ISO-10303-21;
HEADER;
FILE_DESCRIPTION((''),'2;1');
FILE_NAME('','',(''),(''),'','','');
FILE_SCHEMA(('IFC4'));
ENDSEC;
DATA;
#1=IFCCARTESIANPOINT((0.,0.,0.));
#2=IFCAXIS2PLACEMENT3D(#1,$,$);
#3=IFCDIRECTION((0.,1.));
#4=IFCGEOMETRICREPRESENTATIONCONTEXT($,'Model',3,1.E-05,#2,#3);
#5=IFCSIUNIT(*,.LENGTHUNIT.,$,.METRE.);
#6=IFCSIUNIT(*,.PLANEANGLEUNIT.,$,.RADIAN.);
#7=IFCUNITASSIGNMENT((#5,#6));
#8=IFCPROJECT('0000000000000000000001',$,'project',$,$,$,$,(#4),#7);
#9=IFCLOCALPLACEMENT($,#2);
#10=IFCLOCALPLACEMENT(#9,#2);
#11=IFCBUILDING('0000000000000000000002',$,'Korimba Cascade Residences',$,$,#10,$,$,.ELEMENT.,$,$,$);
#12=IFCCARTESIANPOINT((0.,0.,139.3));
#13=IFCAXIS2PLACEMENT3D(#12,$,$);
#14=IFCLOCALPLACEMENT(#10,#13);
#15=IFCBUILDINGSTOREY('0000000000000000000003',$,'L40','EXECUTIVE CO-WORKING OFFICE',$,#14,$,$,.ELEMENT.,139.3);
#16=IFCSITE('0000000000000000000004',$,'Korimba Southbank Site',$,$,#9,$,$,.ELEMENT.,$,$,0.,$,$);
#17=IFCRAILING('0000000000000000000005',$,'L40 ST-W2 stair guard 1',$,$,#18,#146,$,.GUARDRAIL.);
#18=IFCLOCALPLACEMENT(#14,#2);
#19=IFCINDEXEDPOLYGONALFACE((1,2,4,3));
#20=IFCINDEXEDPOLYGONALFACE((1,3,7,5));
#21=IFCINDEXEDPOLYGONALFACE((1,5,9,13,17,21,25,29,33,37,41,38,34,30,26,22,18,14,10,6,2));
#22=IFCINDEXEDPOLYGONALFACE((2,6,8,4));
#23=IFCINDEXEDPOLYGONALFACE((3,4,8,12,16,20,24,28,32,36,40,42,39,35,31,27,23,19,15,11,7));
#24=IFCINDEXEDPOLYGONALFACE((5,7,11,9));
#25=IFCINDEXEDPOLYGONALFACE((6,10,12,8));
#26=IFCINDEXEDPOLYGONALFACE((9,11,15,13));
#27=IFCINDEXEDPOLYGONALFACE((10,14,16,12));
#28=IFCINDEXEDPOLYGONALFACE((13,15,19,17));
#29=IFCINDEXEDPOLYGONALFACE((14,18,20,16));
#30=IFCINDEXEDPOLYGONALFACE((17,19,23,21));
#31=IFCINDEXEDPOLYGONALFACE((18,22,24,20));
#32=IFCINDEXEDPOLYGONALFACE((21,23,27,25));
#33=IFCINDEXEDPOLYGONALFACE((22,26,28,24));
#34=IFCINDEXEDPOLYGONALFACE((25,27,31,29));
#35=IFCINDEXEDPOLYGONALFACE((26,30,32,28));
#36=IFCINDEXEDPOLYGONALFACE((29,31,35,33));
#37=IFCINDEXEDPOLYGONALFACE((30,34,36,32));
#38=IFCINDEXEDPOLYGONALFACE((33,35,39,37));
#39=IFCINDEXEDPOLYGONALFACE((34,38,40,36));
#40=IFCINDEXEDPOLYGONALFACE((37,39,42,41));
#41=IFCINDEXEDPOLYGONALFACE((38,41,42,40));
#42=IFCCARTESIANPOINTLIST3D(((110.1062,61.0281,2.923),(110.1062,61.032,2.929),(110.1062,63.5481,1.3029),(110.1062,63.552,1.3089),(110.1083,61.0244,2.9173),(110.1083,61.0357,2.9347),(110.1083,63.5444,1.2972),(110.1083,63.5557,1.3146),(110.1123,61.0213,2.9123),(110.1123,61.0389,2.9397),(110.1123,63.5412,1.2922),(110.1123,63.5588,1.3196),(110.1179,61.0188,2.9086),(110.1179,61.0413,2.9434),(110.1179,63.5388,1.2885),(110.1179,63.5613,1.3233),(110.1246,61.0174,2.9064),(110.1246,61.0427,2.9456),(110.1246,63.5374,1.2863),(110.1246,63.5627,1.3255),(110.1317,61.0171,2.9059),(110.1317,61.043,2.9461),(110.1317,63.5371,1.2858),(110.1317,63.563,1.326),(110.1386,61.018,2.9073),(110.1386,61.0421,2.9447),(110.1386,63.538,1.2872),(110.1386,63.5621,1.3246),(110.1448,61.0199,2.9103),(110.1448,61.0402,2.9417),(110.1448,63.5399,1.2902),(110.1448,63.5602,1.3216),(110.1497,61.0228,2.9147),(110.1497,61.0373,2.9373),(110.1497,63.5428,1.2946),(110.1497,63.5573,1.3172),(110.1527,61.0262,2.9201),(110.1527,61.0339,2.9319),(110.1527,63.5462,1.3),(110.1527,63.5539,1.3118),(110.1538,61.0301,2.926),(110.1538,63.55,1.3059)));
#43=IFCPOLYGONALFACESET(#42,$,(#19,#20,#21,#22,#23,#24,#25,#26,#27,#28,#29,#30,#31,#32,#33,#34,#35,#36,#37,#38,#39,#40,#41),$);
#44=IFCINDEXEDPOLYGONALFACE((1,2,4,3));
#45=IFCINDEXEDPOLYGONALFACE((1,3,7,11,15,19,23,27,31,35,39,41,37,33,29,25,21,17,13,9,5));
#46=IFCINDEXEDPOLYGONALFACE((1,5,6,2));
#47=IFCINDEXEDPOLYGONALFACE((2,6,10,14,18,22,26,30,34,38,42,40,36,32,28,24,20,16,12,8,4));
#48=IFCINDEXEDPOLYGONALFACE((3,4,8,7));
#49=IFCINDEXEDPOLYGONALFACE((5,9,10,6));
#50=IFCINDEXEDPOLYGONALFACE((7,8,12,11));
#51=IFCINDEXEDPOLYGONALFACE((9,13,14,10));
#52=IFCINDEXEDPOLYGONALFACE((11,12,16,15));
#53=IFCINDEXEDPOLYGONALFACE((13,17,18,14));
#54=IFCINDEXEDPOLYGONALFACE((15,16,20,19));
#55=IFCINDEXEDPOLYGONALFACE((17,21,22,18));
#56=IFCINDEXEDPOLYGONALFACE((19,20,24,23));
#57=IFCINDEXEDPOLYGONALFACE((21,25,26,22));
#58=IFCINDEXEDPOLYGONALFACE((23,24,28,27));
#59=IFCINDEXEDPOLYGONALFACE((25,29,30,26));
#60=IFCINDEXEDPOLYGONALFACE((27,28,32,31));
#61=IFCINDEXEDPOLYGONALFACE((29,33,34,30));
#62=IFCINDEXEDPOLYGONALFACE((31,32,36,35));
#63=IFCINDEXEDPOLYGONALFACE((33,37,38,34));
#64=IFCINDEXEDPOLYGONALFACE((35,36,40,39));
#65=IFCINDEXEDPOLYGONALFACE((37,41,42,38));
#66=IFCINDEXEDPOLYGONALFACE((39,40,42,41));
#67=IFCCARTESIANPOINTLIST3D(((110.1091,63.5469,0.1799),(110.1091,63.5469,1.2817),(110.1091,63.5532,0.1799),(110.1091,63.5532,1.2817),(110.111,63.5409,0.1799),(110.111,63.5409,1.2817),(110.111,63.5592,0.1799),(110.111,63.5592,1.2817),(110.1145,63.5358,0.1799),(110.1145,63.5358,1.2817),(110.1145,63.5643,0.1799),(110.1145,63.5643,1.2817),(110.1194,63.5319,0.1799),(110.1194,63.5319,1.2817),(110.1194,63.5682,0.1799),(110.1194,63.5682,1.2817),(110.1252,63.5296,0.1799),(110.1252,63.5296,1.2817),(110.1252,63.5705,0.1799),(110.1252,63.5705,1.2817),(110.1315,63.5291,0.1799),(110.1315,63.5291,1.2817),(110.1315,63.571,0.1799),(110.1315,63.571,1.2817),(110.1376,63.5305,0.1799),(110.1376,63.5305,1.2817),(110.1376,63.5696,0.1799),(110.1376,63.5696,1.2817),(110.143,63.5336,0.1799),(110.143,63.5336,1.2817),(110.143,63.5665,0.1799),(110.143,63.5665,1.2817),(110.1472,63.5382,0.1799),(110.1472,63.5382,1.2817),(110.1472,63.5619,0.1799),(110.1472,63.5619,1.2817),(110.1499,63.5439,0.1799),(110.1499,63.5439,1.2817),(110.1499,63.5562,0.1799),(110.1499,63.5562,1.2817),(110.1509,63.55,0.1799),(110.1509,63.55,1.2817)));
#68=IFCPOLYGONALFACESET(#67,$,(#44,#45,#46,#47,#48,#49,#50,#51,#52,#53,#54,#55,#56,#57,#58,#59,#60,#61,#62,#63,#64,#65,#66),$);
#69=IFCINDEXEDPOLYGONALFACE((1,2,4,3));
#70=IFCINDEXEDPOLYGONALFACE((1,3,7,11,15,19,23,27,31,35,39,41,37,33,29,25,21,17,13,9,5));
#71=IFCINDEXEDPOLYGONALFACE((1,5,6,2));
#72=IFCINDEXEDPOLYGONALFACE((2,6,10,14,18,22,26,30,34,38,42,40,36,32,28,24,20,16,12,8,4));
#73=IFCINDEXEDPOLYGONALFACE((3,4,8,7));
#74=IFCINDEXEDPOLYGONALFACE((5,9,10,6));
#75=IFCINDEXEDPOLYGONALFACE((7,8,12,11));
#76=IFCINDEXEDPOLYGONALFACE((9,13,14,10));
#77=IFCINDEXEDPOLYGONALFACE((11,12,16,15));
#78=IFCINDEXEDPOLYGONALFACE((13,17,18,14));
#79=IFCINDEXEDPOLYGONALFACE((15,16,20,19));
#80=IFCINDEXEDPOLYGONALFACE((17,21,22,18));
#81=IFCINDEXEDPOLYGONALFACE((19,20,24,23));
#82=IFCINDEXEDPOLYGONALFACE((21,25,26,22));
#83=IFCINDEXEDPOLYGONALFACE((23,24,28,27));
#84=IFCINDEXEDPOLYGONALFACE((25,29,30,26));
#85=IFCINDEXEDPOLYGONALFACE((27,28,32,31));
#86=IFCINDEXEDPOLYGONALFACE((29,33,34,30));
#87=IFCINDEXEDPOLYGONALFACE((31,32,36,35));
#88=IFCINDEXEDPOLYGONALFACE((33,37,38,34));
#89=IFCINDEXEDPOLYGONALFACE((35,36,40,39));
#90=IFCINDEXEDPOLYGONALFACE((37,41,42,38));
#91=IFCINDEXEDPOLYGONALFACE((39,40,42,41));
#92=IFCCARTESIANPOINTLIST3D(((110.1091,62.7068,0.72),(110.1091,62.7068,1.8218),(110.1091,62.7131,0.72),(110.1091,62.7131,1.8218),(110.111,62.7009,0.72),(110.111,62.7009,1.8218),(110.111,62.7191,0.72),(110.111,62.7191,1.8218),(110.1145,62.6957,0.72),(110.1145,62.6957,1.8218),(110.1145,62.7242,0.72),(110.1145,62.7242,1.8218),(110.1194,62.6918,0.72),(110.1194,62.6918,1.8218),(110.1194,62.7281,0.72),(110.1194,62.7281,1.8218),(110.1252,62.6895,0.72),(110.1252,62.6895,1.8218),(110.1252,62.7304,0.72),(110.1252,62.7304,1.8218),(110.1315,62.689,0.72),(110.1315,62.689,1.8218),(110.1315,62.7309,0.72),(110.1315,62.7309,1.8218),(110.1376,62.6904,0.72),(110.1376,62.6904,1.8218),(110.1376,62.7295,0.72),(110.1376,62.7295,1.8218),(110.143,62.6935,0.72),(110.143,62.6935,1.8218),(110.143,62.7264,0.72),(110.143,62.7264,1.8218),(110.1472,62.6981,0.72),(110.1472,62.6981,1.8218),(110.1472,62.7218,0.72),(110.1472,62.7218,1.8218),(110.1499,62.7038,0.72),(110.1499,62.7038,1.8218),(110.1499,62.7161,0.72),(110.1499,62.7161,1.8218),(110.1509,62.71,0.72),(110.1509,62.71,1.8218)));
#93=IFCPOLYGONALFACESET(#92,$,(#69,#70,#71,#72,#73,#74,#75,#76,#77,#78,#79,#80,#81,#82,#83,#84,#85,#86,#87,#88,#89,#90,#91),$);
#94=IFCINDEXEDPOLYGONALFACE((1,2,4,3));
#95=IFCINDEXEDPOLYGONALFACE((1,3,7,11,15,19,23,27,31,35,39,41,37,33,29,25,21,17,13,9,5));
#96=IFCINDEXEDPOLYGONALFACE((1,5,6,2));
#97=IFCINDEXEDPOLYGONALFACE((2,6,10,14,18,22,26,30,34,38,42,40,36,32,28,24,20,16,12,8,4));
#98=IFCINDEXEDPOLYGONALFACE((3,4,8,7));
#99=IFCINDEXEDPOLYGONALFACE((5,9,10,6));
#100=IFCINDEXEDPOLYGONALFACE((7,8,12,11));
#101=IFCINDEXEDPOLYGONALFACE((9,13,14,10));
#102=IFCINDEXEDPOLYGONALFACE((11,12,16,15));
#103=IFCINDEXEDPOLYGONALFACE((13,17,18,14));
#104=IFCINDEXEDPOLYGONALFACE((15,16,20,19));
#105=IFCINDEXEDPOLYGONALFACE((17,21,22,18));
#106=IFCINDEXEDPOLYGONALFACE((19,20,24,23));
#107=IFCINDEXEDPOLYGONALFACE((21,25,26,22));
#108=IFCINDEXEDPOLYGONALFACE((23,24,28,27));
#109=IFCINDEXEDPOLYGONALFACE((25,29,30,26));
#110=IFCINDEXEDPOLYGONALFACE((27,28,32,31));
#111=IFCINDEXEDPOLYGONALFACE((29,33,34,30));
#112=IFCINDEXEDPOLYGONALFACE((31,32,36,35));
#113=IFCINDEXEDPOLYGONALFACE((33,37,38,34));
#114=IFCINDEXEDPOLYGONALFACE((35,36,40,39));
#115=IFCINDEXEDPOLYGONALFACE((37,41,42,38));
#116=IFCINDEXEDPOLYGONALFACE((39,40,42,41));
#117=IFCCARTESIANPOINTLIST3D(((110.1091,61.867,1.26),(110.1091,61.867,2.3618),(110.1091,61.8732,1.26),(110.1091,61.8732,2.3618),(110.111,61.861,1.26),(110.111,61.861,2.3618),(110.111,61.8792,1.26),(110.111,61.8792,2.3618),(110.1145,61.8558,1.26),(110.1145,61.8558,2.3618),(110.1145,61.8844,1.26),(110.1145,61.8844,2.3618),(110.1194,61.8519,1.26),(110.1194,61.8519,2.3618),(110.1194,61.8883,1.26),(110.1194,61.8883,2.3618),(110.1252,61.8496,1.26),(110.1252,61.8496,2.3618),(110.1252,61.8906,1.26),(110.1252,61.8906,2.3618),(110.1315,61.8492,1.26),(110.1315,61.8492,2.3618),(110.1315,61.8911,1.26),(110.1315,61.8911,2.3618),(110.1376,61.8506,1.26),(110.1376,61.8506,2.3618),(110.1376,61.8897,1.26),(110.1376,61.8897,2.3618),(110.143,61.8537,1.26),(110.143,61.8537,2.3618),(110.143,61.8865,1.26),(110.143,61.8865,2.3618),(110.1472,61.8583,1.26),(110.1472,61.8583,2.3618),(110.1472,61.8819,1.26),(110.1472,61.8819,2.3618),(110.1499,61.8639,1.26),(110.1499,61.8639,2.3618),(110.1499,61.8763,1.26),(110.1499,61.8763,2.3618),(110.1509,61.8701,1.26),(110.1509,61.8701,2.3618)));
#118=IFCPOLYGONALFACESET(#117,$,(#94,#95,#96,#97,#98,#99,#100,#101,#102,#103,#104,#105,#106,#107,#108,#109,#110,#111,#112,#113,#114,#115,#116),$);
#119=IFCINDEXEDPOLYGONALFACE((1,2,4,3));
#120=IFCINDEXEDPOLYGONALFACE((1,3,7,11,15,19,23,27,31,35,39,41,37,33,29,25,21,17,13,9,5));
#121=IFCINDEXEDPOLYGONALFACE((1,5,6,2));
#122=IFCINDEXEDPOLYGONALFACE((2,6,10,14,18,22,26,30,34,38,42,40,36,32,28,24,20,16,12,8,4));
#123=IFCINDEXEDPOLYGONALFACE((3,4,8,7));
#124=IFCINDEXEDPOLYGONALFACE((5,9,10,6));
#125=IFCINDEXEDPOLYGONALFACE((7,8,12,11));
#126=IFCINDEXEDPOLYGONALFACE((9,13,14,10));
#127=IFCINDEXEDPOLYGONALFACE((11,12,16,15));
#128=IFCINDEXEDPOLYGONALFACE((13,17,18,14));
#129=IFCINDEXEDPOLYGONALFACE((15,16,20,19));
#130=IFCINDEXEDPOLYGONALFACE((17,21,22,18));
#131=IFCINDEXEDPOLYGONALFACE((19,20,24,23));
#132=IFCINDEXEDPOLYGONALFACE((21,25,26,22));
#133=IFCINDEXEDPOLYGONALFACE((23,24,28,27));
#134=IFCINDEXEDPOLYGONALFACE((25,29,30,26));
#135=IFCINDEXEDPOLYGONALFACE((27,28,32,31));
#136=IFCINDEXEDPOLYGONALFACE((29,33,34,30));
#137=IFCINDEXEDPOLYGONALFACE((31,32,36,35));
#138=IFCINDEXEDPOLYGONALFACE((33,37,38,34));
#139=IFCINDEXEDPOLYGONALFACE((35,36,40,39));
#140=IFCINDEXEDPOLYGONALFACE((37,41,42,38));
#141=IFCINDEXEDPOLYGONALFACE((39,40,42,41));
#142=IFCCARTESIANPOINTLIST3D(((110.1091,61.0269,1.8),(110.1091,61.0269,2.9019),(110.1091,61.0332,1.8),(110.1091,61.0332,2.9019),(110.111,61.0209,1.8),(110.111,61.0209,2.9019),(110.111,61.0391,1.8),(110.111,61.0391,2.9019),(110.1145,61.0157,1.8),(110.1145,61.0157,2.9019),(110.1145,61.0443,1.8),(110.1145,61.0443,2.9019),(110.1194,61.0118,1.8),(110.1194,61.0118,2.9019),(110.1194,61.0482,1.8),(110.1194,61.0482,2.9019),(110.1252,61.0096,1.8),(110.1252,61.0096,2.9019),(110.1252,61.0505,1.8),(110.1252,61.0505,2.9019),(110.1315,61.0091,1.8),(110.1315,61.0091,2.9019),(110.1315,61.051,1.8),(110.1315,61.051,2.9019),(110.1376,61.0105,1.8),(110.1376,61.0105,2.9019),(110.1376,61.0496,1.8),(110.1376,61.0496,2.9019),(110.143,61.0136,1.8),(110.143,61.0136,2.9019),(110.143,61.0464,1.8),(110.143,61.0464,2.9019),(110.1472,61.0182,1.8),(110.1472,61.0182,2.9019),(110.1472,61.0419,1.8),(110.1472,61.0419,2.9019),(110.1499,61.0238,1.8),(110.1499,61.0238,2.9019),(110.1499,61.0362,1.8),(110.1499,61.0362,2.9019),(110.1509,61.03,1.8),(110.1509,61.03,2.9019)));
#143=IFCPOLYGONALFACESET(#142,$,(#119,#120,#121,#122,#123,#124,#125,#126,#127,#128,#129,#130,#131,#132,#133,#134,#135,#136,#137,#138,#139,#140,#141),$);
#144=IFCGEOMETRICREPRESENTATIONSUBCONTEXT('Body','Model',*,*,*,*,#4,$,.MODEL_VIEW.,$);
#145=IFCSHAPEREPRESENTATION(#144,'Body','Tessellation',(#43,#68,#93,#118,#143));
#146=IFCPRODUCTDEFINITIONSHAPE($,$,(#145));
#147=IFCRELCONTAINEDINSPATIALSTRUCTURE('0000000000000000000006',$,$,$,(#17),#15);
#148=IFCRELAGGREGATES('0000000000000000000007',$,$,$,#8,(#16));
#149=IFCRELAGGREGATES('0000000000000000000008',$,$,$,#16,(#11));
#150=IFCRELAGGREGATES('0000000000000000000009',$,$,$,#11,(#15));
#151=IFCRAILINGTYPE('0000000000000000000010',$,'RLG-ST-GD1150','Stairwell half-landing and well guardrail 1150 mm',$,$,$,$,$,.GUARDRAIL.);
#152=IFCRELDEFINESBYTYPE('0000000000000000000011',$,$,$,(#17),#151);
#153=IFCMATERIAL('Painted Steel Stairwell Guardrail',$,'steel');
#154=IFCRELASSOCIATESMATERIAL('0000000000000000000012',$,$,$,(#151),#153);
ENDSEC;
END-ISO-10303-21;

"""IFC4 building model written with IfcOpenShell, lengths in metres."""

from ifc_helpers import new_model, si_unit, direction, frame, origin, origin_2d, place, context, subcontext, project, spatial, circle, extrude, material, type_object, element, save


model = new_model("IFC4")

# Units and contexts
model_context = context("Model", 3, precision=1e-05, world=origin(), true_north=direction((0.0, 1.0)))
body_context = subcontext(model_context, "Body", "Model", "MODEL_VIEW")
ifc_project = project(units=[si_unit("LENGTHUNIT", "METRE"), si_unit("PLANEANGLEUNIT", "RADIAN")], contexts=[model_context])

# Site, building, storey
site_placement = place(None, origin())
site = spatial("IfcSite", under=ifc_project, at=site_placement, Name="Korimba Southbank Site", CompositionType="ELEMENT", RefElevation=0.0)
building_placement = place(site_placement, origin())
building = spatial("IfcBuilding", under=site, at=building_placement, Name="Korimba Cascade Residences", CompositionType="ELEMENT")
storey_placement = place(building_placement, frame((0.0, 0.0, 139.3)))
storey = spatial("IfcBuildingStorey", under=building, at=storey_placement, Name="L40", Description="EXECUTIVE CO-WORKING OFFICE", CompositionType="ELEMENT", Elevation=139.3)

# Railing
ifc_material_1 = material(Name="Painted Steel Stairwell Guardrail", Category="steel")
railing_type_1 = type_object("IfcRailingType", Name="RLG-ST-GD1150", Description="Stairwell half-landing and well guardrail 1150 mm", PredefinedType="GUARDRAIL", material=ifc_material_1)
railing_1_placement = place(storey_placement, frame((110.1299, 63.55, 0.1799)))
element("IfcRailing", 1, at=railing_1_placement, inside=storey, type_object=railing_type_1, Name="L40 ST-W2 stair guard 1", PredefinedType="GUARDRAIL", context=body_context, shape_type="SweptSolid", body=[
    extrude(circle(Radius=0.0239, at=origin_2d()), frame((0.0, 0.0, 1.126), z_axis=(0.0, -0.841163, 0.540782), x_axis=(1.0, 0.0, 0.0)), (0.0, 0.0, 1.0), 2.9958),
    extrude(circle(Radius=0.021, at=origin_2d()), origin(), (0.0, 0.0, 1.0), 1.1018),
    extrude(circle(Radius=0.021, at=origin_2d()), frame((0.0, -0.8401, 0.54)), (0.0, 0.0, 1.0), 1.1018),
    extrude(circle(Radius=0.021, at=origin_2d()), frame((0.0, -1.6799, 1.0801)), (0.0, 0.0, 1.0), 1.1018),
    extrude(circle(Radius=0.021, at=origin_2d()), frame((0.0, -2.52, 1.6201)), (0.0, 0.0, 1.0), 1.1018),
])

save(model, "model.ifc")
